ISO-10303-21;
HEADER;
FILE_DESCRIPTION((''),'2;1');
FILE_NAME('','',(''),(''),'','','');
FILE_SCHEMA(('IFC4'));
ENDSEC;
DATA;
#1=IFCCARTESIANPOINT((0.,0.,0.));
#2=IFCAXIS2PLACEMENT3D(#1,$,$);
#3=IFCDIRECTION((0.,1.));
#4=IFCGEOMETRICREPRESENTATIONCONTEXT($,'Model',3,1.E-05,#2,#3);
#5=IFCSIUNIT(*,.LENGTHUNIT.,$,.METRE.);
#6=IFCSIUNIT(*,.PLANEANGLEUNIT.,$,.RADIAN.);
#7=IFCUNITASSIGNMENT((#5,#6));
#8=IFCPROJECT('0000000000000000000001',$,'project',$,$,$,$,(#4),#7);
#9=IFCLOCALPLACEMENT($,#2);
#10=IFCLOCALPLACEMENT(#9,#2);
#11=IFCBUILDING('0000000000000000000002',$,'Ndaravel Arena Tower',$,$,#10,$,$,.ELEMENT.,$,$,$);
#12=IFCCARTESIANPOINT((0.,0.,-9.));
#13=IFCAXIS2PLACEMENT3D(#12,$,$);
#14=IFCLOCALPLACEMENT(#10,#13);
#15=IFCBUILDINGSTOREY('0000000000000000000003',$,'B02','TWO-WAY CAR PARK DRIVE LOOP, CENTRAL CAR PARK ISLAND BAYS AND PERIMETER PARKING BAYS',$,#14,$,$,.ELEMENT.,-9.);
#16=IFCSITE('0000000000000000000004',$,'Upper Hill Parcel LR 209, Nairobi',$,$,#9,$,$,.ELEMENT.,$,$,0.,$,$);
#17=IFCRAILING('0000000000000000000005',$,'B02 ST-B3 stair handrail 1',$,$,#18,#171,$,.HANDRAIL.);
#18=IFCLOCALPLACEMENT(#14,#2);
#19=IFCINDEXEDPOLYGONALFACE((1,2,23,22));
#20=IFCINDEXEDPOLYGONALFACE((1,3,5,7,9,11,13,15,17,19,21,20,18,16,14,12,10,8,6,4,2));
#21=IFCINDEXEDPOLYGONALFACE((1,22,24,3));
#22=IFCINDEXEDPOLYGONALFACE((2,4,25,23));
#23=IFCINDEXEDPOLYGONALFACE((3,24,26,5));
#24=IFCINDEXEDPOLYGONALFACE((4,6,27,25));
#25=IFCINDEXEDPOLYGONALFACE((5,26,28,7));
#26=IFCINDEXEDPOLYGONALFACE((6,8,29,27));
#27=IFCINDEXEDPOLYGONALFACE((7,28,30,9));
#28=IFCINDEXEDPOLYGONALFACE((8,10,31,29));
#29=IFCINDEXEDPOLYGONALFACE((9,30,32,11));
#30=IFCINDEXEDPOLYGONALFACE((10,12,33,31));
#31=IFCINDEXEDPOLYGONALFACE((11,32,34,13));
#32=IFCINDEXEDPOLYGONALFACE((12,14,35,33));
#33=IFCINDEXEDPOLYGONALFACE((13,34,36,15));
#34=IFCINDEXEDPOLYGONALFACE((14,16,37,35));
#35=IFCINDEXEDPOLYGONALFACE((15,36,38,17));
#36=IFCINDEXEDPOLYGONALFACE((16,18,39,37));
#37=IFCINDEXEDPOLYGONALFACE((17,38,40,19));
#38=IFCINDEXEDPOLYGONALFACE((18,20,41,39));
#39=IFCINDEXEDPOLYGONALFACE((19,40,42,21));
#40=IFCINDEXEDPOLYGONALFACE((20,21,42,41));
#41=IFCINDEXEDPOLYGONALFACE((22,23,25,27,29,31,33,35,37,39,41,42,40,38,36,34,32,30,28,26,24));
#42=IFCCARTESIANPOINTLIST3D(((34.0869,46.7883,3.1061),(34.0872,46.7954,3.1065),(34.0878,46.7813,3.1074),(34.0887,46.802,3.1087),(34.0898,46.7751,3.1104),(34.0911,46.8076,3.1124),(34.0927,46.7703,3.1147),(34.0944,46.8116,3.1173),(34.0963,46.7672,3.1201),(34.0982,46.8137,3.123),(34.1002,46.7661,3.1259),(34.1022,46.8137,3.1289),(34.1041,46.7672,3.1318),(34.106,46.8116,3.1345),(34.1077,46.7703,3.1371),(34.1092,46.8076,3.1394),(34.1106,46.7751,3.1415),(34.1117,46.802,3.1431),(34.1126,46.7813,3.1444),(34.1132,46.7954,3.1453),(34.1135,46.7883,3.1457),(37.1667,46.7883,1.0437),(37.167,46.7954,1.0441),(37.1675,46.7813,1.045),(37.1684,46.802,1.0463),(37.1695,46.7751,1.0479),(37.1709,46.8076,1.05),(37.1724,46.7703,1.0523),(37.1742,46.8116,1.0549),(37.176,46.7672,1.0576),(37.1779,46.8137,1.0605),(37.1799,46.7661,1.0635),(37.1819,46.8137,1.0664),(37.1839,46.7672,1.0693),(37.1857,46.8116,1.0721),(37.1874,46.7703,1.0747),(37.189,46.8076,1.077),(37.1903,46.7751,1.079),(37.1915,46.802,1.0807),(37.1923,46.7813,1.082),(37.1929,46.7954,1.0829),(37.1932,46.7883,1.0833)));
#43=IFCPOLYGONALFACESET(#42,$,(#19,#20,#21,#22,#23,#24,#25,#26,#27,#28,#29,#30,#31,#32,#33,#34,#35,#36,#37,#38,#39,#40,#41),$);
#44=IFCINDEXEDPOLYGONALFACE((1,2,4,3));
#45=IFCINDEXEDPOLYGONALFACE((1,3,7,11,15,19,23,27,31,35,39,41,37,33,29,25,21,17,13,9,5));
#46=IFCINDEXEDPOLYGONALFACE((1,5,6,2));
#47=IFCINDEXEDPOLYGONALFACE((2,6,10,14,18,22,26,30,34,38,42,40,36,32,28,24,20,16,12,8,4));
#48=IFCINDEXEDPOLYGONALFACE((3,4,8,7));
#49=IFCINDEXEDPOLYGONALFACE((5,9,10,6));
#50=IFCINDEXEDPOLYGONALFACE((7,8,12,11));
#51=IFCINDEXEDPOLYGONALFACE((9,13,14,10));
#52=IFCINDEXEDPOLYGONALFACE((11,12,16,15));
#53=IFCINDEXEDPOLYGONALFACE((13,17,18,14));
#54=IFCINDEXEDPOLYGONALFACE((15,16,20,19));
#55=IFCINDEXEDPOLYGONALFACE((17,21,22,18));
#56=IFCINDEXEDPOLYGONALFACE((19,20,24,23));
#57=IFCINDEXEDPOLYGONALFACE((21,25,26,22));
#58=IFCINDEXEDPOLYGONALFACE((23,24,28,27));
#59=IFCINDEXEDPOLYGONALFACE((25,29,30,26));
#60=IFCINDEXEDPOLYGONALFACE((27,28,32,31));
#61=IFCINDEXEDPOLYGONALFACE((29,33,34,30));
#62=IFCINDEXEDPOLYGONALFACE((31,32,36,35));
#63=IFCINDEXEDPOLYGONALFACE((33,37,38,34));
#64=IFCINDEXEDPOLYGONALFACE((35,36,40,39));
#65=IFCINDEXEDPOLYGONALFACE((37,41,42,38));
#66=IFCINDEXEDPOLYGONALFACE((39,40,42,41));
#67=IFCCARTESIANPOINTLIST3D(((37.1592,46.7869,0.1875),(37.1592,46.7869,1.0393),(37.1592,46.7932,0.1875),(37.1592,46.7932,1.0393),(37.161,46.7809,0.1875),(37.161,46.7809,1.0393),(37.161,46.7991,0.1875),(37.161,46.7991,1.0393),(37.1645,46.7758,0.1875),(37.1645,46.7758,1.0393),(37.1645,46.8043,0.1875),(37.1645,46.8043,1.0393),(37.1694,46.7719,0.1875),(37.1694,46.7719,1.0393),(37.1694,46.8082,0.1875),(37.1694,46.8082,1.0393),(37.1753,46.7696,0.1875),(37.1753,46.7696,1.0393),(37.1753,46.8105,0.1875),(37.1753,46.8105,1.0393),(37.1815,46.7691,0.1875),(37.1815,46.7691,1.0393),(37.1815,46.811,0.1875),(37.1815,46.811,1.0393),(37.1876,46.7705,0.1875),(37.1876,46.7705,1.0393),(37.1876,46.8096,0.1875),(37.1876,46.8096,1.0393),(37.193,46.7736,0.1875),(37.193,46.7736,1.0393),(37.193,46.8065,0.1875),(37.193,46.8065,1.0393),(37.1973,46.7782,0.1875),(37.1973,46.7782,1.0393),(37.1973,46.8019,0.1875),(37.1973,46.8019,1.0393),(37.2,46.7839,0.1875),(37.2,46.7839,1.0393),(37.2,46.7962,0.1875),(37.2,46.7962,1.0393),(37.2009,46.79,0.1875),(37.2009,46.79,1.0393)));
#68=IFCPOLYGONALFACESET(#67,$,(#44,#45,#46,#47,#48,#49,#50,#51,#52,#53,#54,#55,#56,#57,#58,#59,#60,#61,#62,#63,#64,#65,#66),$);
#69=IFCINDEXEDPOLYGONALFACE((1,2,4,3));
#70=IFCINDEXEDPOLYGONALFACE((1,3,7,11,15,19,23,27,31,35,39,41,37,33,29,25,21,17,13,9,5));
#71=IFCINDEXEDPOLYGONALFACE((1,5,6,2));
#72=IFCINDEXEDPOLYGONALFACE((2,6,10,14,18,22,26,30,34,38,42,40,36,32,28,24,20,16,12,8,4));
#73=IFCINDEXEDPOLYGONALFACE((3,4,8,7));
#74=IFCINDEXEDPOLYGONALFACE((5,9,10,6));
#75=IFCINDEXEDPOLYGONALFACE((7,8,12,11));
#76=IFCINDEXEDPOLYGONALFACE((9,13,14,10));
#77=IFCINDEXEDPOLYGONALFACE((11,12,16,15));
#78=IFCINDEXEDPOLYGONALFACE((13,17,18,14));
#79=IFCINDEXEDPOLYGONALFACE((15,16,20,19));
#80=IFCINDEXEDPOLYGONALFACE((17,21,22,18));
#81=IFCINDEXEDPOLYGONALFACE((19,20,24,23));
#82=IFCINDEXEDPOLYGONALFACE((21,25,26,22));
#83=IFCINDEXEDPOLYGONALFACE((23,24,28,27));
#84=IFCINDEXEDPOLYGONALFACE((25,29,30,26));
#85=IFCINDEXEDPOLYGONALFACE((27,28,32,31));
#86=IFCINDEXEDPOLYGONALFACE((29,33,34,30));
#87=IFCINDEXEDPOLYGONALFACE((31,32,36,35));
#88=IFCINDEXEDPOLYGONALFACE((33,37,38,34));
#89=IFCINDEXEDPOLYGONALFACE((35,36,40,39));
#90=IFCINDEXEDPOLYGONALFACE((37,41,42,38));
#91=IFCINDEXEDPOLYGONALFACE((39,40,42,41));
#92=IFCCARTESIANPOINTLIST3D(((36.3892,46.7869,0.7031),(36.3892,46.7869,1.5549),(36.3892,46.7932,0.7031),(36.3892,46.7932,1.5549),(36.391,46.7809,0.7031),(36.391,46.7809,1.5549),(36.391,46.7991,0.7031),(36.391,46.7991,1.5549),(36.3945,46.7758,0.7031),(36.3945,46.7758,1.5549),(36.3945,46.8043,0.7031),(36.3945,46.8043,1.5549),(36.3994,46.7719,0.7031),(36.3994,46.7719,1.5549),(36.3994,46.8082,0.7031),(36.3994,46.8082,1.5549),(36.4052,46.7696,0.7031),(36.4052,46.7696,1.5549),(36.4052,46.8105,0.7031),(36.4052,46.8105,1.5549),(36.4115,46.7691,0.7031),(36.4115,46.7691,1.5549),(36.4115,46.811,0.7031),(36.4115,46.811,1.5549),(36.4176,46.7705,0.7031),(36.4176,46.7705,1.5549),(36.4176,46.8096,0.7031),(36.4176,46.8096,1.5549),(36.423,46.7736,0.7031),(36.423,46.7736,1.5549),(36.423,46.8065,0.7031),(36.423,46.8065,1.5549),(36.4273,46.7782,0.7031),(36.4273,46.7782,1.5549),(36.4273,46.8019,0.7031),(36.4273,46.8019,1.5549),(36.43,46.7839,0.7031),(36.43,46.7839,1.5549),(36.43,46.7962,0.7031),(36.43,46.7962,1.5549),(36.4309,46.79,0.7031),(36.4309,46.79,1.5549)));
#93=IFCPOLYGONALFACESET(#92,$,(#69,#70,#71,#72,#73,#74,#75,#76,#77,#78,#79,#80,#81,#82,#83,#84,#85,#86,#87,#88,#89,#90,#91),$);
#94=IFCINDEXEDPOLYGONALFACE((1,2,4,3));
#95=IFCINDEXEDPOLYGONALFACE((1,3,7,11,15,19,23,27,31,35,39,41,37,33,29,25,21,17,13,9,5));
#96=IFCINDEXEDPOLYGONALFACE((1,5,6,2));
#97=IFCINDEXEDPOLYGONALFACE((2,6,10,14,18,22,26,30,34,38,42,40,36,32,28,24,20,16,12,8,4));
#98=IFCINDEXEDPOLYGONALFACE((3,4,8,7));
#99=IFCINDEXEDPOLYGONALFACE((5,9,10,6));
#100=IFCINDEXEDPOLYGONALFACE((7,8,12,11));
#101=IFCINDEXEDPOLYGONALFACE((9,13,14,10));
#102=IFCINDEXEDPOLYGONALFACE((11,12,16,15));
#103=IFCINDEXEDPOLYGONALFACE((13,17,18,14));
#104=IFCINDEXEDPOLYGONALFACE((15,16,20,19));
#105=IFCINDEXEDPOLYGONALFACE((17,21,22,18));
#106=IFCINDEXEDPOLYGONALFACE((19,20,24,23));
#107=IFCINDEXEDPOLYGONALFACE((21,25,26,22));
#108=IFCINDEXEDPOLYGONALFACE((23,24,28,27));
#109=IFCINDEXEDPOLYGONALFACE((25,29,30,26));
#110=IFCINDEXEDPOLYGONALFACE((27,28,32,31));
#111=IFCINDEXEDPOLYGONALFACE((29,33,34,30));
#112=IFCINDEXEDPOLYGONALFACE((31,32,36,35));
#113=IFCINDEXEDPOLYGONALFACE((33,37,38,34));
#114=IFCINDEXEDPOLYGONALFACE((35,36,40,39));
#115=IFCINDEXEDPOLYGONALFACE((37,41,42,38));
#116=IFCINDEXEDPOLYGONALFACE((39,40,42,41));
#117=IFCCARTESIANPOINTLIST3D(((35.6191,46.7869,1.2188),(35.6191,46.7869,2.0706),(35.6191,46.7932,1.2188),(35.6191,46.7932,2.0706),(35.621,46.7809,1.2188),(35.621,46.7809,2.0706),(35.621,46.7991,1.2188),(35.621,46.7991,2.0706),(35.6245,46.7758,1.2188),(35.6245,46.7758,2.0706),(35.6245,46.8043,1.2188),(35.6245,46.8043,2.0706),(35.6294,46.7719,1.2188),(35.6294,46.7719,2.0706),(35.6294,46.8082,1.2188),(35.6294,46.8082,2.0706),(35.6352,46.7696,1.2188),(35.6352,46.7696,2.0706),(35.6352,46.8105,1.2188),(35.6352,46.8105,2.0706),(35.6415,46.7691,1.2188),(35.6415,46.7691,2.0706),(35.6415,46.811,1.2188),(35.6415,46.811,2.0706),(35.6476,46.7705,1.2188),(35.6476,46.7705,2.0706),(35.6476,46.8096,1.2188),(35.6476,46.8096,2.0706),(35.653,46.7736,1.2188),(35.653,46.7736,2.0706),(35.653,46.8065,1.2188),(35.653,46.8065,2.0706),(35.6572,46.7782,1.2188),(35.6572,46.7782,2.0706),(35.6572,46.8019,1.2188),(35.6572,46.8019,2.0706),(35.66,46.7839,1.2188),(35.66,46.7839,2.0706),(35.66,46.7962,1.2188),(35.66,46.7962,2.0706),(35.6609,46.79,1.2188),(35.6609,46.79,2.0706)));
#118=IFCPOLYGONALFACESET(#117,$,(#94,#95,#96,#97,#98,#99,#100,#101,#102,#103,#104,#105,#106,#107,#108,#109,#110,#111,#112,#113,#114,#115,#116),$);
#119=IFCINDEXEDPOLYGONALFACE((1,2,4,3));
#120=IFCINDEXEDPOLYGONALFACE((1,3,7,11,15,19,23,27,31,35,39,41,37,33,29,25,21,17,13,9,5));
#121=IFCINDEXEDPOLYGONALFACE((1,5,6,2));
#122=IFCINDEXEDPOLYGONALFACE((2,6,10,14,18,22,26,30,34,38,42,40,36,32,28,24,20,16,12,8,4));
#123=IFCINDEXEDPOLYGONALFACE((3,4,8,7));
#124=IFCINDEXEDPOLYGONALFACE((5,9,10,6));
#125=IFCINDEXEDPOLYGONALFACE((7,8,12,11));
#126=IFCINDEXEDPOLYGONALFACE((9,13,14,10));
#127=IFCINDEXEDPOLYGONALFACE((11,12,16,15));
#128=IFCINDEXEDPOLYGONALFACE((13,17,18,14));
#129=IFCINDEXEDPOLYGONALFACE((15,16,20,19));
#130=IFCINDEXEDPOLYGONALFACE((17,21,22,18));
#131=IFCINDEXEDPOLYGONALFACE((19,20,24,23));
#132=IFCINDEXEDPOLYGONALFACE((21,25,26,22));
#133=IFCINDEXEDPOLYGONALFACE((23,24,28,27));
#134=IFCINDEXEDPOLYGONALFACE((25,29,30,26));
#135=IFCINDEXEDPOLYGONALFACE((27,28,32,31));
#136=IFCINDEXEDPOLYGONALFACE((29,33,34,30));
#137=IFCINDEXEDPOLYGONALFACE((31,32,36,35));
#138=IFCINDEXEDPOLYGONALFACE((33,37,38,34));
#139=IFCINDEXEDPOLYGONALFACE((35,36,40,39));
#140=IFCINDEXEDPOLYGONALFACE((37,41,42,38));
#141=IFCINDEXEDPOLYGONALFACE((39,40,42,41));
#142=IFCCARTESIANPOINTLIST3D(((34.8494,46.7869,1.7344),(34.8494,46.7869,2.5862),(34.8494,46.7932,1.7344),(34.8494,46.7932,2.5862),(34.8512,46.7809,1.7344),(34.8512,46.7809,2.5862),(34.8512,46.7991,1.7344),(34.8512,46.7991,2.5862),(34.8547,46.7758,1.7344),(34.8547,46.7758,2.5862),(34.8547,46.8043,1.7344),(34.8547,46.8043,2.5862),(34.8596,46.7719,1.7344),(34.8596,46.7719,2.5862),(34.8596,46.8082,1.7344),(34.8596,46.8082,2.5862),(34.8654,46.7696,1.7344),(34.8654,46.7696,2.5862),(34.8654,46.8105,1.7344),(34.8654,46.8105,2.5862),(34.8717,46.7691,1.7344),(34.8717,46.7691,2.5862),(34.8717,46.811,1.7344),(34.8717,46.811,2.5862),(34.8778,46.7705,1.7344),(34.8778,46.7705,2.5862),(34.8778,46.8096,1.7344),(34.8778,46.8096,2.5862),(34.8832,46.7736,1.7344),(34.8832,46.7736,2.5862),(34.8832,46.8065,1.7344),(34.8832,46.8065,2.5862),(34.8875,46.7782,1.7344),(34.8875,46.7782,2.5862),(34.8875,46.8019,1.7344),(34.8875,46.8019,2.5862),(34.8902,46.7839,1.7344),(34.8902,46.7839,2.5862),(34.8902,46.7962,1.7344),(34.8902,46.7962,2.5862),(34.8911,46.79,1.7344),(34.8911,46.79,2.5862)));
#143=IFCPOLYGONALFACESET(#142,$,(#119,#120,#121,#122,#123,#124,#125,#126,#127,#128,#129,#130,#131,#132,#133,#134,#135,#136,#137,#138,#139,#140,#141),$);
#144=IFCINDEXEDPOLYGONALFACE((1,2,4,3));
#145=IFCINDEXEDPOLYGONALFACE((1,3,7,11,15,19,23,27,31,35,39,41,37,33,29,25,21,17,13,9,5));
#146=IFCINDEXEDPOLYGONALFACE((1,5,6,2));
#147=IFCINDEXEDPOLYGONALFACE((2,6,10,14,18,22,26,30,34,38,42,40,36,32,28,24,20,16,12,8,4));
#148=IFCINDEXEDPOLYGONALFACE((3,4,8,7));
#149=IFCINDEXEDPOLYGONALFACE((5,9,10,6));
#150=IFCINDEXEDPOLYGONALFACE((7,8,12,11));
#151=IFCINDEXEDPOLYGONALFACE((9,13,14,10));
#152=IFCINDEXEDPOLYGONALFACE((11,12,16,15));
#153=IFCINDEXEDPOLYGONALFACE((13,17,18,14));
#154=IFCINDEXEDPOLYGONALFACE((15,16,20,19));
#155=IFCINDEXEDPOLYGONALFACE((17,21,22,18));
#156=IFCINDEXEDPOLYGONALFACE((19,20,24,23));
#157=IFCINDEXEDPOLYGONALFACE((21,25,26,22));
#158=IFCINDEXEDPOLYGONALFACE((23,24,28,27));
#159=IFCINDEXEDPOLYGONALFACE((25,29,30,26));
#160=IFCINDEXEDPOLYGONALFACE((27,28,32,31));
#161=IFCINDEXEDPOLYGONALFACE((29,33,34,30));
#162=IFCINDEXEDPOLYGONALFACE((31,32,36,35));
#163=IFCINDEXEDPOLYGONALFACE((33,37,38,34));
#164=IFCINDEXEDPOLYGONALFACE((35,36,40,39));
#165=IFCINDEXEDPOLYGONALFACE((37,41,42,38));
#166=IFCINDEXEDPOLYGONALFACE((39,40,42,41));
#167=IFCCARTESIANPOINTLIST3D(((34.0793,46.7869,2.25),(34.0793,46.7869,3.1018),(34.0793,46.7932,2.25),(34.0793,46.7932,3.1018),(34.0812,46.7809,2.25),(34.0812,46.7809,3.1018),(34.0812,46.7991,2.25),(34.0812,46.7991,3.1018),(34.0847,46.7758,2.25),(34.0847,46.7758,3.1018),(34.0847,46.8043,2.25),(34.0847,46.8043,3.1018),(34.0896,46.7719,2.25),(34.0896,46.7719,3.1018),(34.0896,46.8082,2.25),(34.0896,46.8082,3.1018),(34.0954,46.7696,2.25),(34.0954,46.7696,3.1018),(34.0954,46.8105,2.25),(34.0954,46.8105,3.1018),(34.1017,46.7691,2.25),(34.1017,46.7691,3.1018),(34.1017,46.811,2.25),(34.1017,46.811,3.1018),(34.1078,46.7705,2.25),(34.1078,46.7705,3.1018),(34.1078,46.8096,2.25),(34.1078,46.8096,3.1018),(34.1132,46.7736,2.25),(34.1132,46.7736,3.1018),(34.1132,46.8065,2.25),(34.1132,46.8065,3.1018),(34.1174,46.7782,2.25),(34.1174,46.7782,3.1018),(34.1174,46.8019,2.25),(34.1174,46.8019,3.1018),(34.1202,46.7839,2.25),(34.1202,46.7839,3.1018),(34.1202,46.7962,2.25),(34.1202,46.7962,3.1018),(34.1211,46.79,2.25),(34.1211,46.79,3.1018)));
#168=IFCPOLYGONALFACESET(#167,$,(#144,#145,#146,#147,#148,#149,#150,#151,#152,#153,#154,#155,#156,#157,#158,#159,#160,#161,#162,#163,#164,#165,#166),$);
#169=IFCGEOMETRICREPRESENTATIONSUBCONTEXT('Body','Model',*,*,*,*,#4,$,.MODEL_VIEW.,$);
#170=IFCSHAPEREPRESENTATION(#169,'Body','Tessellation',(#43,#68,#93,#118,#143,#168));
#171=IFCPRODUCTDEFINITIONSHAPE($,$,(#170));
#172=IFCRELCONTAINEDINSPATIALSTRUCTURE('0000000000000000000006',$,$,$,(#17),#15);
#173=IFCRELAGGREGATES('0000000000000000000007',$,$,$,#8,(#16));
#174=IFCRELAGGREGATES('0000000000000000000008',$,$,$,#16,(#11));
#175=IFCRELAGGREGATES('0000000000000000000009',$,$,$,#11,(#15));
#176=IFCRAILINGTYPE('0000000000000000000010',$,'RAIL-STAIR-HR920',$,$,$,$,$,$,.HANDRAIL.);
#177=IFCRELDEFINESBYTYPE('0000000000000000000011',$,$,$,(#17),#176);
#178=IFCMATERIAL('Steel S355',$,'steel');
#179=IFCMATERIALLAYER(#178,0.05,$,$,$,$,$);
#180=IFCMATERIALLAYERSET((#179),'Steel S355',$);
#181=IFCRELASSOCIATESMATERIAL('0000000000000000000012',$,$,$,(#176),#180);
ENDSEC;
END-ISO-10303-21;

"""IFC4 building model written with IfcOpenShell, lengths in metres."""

from ifc_helpers import new_model, si_unit, direction, frame, origin, origin_2d, place, context, subcontext, project, spatial, circle, extrude, material, layer, layer_set, type_object, element, save


model = new_model("IFC4")

# Units and contexts
model_context = context("Model", 3, precision=1e-05, world=origin(), true_north=direction((0.0, 1.0)))
body_context = subcontext(model_context, "Body", "Model", "MODEL_VIEW")
ifc_project = project(units=[si_unit("LENGTHUNIT", "METRE"), si_unit("PLANEANGLEUNIT", "RADIAN")], contexts=[model_context])

# Site, building, storey
site_placement = place(None, origin())
site = spatial("IfcSite", under=ifc_project, at=site_placement, Name="Upper Hill Parcel LR 209, Nairobi", CompositionType="ELEMENT", RefElevation=0.0)
building_placement = place(site_placement, origin())
building = spatial("IfcBuilding", under=site, at=building_placement, Name="Ndaravel Arena Tower", CompositionType="ELEMENT")
storey_placement = place(building_placement, frame((0.0, 0.0, -9.0)))
storey = spatial("IfcBuildingStorey", under=building, at=storey_placement, Name="B02", Description="TWO-WAY CAR PARK DRIVE LOOP, CENTRAL CAR PARK ISLAND BAYS AND PERIMETER PARKING BAYS", CompositionType="ELEMENT", Elevation=-9.0)

# Railing
ifc_material_1 = material(Name="Steel S355", Category="steel")
ifc_layer_1 = layer(ifc_material_1, 0.05)
ifc_layer_set_1 = layer_set([ifc_layer_1], Name="Steel S355")
railing_type_1 = type_object("IfcRailingType", Name="RAIL-STAIR-HR920", PredefinedType="HANDRAIL", material=ifc_layer_set_1)
railing_1_placement = place(storey_placement, frame((37.1799, 46.79, 0.1875)))
element("IfcRailing", 1, at=railing_1_placement, inside=storey, type_object=railing_type_1, Name="B02 ST-B3 stair handrail 1", PredefinedType="HANDRAIL", context=body_context, shape_type="SweptSolid", body=[
    extrude(circle(Radius=0.0239, at=origin_2d()), frame((0.0, 0.0, 0.876), z_axis=(-0.830893, 0.0, 0.556432), x_axis=(0.0, -1.0, 0.0)), (0.0, 0.0, 1.0), 3.7065),
    extrude(circle(Radius=0.021, at=origin_2d()), origin(), (0.0, 0.0, 1.0), 0.8518),
    extrude(circle(Radius=0.021, at=origin_2d()), frame((-0.77, 0.0, 0.5156)), (0.0, 0.0, 1.0), 0.8518),
    extrude(circle(Radius=0.021, at=origin_2d()), frame((-1.54, 0.0, 1.0312)), (0.0, 0.0, 1.0), 0.8518),
    extrude(circle(Radius=0.021, at=origin_2d()), frame((-2.3098, 0.0, 1.5469)), (0.0, 0.0, 1.0), 0.8518),
    extrude(circle(Radius=0.021, at=origin_2d()), frame((-3.0798, 0.0, 2.0625)), (0.0, 0.0, 1.0), 0.8518),
])

save(model, "model.ifc")
